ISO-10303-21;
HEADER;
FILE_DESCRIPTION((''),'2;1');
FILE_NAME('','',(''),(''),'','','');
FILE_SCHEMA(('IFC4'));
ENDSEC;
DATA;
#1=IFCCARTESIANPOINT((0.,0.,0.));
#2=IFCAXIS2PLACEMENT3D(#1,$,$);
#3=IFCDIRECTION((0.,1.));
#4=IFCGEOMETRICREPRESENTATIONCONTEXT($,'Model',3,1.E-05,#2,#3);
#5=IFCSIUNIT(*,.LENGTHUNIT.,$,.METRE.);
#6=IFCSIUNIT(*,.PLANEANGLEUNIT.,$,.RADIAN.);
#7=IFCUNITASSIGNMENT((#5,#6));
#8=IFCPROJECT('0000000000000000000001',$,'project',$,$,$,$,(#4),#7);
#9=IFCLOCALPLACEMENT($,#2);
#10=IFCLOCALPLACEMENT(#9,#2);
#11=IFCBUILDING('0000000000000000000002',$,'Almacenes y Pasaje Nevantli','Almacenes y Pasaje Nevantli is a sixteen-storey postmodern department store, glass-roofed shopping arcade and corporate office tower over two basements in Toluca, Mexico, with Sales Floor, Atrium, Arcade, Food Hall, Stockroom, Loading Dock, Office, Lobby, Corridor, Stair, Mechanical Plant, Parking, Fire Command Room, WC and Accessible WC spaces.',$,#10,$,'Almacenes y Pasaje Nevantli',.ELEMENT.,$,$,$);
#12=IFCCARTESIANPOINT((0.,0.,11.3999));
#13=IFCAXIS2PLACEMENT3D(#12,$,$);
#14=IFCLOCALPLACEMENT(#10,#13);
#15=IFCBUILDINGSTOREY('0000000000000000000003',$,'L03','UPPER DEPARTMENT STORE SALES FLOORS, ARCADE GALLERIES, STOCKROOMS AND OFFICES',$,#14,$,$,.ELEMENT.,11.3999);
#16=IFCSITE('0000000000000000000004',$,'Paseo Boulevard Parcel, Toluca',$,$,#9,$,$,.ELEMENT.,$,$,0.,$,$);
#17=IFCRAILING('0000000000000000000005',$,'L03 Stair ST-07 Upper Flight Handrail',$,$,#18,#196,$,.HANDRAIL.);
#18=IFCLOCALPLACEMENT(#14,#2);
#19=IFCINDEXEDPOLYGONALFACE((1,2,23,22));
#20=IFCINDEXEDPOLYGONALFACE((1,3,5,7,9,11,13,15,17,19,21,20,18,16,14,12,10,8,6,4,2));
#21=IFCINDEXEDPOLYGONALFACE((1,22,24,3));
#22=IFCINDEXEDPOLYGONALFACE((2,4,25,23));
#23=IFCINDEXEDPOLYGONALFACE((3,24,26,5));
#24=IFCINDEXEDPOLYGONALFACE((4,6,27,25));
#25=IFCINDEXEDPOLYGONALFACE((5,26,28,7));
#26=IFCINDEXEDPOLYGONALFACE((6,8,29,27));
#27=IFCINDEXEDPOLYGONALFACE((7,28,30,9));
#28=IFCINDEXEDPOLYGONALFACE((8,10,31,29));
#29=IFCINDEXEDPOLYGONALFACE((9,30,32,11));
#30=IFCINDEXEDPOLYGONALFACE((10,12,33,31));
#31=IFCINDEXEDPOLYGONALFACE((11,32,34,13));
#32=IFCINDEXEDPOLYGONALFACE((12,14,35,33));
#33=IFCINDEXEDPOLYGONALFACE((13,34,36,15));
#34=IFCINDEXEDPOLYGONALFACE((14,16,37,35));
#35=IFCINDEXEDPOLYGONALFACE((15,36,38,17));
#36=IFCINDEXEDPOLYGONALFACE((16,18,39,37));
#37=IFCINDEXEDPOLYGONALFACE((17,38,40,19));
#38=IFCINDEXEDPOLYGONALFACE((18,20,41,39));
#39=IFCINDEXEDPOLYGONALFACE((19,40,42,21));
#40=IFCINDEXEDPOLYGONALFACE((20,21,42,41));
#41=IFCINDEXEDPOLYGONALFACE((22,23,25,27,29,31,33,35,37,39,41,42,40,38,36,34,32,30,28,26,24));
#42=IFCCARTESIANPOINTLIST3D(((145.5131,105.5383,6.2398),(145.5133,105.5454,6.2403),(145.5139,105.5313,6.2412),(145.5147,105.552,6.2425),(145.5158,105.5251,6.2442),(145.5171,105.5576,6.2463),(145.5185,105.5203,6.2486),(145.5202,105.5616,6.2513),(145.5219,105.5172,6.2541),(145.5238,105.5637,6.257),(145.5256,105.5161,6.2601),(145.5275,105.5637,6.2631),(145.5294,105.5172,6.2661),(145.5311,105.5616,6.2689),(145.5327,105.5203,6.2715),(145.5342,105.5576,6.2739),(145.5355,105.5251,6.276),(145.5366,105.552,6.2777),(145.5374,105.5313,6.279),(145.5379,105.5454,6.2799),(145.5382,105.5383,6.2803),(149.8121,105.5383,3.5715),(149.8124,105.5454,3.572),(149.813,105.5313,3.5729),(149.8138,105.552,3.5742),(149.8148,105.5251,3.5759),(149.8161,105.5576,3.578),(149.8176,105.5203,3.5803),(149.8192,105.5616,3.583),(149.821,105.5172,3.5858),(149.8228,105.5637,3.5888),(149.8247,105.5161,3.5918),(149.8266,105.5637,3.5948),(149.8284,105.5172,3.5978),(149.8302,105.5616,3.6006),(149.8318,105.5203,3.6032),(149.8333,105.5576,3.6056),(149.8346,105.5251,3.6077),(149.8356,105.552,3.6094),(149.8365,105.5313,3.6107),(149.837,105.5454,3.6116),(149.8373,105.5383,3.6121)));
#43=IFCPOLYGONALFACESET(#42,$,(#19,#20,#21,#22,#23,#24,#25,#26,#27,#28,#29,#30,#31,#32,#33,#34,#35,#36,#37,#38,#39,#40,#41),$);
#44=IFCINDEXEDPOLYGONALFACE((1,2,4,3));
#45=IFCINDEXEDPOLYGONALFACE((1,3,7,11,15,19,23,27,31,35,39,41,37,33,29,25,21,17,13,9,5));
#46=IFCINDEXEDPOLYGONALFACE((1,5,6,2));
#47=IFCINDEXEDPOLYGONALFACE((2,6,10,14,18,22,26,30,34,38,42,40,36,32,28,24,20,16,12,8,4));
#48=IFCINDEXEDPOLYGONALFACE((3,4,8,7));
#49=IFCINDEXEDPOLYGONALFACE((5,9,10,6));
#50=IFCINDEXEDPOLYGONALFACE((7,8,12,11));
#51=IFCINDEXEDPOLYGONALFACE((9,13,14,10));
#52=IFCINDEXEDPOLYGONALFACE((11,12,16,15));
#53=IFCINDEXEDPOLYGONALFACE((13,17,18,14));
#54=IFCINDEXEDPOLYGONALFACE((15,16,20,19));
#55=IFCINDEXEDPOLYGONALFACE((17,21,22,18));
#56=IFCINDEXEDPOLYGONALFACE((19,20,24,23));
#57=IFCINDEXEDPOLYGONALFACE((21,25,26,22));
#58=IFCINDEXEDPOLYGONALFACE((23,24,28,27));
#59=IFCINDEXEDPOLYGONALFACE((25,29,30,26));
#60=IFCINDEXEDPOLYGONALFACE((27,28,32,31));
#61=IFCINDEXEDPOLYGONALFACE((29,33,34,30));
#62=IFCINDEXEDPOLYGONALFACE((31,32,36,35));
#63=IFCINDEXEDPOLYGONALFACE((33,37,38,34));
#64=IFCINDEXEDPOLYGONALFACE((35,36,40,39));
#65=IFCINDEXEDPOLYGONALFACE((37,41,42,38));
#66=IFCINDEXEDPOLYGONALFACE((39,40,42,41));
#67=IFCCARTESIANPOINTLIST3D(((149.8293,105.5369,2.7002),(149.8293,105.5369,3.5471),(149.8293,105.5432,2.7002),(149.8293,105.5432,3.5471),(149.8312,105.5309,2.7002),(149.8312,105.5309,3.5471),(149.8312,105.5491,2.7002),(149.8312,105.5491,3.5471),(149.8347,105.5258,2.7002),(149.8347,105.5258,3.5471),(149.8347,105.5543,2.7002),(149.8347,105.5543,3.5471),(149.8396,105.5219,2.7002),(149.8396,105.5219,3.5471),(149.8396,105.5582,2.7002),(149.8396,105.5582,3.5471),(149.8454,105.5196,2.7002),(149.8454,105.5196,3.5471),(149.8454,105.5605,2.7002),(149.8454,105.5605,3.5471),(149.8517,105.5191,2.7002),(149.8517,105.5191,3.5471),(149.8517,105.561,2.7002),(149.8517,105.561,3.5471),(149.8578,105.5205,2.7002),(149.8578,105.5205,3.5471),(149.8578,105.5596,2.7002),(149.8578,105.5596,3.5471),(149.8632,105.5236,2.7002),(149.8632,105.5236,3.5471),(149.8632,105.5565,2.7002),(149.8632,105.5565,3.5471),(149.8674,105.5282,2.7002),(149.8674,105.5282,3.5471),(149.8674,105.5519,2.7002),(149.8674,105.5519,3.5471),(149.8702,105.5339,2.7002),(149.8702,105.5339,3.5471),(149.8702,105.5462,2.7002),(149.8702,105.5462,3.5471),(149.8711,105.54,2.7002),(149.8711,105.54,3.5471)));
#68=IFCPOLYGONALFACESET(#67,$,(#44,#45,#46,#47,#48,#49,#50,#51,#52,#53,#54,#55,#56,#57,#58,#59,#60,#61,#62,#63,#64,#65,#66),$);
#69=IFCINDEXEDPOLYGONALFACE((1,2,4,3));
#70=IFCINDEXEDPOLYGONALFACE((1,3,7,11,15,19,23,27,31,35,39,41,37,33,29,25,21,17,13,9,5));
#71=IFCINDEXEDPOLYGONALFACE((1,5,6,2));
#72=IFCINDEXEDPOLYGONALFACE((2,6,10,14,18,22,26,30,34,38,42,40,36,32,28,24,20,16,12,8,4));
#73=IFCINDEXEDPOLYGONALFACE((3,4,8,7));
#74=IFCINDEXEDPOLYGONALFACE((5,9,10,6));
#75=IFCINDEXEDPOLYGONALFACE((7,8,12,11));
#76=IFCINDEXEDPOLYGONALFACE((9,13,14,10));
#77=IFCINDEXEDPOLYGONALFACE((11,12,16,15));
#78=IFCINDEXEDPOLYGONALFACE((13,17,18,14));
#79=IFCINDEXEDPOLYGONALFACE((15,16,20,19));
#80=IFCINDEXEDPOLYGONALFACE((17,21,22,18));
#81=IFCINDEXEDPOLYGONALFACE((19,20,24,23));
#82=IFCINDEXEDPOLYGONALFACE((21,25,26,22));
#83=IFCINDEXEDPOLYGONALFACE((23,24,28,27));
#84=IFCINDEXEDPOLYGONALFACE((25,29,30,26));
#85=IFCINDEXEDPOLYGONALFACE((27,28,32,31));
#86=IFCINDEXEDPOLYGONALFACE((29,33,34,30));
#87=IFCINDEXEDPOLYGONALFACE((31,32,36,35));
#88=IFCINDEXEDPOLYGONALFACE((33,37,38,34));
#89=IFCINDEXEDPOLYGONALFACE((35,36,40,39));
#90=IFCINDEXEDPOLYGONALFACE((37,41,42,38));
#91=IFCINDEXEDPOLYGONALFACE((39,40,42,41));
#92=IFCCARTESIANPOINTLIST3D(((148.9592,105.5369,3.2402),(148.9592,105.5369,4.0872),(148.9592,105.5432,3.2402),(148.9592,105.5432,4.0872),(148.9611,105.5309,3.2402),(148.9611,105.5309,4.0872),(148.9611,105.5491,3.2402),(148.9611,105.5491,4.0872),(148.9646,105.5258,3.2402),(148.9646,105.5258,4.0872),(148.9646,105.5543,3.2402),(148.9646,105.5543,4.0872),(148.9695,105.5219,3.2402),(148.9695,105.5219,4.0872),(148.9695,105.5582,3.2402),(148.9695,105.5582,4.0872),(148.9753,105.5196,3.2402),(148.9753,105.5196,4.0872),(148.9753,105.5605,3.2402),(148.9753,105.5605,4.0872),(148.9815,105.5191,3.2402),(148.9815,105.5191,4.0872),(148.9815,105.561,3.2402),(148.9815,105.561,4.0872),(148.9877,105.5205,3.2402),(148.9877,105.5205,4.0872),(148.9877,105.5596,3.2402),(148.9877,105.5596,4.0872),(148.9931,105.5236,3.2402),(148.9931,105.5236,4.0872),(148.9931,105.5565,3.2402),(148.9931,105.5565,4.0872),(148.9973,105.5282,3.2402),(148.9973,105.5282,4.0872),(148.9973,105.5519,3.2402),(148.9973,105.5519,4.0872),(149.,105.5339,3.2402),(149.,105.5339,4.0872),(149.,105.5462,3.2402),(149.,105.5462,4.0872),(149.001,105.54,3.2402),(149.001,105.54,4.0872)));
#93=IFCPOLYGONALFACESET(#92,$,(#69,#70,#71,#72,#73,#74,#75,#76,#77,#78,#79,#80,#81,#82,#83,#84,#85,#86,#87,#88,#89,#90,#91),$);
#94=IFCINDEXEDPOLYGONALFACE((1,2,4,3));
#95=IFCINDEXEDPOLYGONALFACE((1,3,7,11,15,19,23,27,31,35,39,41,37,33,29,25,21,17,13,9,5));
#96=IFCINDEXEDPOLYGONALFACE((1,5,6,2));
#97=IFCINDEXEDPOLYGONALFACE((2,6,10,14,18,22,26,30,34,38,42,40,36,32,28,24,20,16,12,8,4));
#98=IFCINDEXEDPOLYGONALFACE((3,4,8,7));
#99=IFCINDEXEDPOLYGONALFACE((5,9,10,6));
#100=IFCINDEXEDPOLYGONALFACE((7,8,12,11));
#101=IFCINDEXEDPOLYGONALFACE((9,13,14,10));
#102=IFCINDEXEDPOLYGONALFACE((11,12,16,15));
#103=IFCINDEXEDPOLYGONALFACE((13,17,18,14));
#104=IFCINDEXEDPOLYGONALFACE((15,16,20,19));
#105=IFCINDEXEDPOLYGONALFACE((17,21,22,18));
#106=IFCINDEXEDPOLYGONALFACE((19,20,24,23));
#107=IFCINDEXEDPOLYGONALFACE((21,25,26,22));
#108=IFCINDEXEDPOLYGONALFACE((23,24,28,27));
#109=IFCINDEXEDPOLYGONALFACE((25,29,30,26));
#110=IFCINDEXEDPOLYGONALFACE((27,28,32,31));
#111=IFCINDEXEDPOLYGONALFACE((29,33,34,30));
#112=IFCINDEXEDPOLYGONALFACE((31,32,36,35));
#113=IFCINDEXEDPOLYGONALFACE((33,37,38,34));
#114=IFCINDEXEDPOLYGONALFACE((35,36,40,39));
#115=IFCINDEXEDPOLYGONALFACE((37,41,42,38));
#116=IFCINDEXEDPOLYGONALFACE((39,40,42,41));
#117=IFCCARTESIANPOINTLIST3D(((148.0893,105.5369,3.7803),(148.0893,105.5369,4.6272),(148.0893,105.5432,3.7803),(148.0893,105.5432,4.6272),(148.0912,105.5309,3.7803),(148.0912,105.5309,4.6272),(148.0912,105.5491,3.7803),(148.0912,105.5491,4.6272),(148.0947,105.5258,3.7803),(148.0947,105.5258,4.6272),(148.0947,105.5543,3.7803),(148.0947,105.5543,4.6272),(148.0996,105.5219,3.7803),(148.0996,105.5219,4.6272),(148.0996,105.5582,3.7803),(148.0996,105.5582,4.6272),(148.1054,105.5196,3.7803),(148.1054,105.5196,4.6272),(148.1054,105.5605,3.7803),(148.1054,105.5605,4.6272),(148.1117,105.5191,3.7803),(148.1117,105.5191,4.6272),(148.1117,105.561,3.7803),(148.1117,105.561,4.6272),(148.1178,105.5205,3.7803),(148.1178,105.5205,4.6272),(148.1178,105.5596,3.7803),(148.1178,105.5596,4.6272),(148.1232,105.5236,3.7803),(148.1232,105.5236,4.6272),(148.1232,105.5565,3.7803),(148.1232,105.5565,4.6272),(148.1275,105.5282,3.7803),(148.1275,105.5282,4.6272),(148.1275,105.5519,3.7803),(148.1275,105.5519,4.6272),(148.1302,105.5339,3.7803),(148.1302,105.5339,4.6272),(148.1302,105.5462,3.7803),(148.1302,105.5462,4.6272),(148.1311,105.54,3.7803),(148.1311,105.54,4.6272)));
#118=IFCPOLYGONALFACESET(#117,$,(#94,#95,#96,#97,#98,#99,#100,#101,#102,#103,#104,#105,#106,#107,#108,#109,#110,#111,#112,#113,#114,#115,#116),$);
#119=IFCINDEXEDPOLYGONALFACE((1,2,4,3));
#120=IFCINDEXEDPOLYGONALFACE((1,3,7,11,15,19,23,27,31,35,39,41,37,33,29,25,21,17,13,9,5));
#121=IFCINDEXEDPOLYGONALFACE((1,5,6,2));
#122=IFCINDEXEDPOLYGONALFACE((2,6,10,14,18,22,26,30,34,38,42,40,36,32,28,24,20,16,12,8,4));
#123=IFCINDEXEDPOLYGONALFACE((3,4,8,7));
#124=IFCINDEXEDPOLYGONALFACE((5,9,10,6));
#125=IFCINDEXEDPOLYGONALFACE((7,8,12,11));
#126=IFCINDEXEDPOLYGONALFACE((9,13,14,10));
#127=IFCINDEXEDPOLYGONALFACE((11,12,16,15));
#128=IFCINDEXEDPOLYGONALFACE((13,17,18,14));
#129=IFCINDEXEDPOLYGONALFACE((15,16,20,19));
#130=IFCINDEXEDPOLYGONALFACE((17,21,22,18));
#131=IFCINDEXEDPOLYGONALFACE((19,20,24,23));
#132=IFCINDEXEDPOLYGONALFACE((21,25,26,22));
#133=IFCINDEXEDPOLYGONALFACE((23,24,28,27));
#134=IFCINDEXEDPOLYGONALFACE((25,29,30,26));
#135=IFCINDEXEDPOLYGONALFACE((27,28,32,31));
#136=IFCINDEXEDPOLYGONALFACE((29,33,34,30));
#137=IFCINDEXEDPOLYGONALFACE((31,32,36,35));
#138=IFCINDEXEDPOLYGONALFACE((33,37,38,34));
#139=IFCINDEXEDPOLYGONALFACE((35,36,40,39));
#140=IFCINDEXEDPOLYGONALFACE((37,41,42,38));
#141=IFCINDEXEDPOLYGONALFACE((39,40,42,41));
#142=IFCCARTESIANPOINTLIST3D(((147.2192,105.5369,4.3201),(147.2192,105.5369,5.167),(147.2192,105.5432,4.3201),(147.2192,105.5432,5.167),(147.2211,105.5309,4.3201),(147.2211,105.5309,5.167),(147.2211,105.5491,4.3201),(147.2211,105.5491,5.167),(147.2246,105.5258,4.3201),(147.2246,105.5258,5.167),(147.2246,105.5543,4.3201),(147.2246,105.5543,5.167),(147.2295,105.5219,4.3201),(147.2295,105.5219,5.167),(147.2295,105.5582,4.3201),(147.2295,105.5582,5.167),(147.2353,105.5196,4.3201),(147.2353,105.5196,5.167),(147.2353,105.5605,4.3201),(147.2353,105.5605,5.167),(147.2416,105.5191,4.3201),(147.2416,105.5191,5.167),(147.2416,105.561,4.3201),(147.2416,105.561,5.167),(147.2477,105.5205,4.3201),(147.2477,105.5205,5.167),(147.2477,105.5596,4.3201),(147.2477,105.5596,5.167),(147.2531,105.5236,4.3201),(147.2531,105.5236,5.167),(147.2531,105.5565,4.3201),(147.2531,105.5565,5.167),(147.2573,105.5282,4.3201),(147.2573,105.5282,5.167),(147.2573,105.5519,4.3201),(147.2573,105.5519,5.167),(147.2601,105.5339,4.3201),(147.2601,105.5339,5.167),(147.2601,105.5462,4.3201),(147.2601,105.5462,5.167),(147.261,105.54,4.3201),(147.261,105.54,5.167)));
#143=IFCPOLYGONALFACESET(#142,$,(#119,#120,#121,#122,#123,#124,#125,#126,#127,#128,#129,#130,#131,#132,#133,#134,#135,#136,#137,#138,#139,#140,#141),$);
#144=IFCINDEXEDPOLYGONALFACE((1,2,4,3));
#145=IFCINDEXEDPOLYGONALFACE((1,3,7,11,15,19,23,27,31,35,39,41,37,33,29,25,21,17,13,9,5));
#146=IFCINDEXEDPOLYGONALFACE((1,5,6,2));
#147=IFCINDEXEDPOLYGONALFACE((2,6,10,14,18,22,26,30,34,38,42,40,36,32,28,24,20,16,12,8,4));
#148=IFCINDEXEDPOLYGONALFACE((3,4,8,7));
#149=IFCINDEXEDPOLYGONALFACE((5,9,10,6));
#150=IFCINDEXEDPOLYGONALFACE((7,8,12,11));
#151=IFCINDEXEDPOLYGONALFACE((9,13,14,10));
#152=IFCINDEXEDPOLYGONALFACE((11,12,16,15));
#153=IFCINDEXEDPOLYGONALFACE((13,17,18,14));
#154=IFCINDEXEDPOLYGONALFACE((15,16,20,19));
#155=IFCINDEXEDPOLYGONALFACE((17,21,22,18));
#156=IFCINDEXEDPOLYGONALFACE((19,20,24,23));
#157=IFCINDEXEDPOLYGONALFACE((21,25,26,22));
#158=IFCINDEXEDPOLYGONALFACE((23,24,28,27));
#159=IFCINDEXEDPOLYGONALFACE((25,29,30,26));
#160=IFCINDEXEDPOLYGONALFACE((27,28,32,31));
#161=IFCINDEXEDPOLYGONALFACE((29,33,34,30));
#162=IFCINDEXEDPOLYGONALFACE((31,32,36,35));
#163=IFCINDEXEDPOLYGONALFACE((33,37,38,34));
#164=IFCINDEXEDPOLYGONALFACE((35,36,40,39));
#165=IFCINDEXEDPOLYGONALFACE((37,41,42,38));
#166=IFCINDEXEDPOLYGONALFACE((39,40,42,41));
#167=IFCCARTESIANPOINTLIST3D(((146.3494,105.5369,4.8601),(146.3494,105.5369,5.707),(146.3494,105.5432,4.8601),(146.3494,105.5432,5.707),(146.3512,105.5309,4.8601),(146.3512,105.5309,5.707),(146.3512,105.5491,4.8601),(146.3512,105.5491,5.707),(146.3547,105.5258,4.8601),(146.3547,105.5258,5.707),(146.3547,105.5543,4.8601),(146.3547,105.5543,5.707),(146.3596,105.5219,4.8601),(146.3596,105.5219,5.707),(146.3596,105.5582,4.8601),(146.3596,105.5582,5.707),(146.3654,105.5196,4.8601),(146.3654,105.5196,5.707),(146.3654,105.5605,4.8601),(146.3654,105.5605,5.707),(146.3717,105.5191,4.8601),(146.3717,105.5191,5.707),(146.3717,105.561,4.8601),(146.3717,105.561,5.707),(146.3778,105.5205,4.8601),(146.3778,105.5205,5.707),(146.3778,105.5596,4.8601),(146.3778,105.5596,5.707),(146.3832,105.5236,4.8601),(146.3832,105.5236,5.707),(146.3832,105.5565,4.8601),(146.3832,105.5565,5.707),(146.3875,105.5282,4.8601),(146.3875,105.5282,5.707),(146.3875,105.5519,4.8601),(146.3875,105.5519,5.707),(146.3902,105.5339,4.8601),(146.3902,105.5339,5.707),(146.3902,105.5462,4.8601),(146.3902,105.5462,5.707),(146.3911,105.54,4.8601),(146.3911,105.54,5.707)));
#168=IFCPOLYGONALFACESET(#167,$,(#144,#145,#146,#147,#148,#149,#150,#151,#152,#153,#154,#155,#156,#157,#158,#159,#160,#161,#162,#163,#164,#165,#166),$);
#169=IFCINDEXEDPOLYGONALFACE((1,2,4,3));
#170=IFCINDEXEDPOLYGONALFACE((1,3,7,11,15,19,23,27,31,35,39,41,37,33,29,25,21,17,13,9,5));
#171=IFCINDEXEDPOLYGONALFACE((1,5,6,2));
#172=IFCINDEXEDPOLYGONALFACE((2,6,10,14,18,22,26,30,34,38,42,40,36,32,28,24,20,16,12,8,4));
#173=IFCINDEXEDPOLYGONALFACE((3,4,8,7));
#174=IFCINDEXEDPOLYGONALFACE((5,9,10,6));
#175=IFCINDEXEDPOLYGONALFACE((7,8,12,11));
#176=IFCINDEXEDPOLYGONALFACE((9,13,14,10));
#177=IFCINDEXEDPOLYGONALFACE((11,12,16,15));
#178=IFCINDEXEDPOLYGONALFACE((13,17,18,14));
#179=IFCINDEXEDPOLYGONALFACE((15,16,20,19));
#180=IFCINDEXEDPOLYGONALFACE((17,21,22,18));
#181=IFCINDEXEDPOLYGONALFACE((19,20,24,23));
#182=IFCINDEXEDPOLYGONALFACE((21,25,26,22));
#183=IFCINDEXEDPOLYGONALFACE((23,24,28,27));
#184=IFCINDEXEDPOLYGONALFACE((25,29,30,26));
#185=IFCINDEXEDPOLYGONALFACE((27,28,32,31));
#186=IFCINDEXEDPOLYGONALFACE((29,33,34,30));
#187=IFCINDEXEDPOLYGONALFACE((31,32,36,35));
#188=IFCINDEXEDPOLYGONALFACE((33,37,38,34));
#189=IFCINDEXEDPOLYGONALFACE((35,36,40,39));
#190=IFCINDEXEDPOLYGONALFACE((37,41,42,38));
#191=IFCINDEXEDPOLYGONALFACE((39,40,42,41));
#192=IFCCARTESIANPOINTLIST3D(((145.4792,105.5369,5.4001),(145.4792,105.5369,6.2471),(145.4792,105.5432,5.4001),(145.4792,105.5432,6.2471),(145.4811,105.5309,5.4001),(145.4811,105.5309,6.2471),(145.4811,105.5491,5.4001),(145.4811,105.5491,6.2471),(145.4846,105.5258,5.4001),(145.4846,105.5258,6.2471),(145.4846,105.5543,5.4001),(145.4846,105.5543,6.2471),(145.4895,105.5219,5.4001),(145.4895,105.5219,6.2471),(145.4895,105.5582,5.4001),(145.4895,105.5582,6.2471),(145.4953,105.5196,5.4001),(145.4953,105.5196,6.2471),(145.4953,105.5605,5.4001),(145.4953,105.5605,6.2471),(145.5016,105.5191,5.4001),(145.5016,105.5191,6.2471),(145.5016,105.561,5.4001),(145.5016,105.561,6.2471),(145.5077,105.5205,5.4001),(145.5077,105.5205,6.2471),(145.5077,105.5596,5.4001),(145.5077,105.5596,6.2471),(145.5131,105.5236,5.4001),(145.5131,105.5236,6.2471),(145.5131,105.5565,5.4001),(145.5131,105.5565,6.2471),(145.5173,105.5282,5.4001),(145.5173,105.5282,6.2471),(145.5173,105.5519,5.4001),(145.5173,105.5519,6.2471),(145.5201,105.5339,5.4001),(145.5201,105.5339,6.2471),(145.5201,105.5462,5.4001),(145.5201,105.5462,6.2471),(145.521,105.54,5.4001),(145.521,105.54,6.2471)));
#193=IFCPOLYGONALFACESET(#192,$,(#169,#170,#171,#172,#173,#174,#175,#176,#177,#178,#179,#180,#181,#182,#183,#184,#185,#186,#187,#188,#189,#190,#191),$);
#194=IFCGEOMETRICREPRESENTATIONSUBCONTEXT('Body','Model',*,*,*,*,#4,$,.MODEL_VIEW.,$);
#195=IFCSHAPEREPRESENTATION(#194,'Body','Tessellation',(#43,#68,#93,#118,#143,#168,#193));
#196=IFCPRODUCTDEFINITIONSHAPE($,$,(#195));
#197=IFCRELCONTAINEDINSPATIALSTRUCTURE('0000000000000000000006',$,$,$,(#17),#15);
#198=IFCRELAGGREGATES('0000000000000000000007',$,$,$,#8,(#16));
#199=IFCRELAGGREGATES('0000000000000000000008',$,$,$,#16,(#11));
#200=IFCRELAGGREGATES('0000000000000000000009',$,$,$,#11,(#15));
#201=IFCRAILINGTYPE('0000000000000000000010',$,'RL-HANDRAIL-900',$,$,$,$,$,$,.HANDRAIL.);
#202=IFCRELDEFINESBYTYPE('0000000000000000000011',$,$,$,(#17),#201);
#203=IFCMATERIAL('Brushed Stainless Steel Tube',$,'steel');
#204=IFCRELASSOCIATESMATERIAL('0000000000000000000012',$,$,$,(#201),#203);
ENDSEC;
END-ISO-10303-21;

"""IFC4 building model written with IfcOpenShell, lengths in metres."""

from ifc_helpers import new_model, si_unit, direction, frame, origin, origin_2d, place, context, subcontext, project, spatial, circle, extrude, material, type_object, element, save


model = new_model("IFC4")

# Units and contexts
model_context = context("Model", 3, precision=1e-05, world=origin(), true_north=direction((0.0, 1.0)))
body_context = subcontext(model_context, "Body", "Model", "MODEL_VIEW")
ifc_project = project(units=[si_unit("LENGTHUNIT", "METRE"), si_unit("PLANEANGLEUNIT", "RADIAN")], contexts=[model_context])

# Site, building, storey
site_placement = place(None, origin())
site = spatial("IfcSite", under=ifc_project, at=site_placement, Name="Paseo Boulevard Parcel, Toluca", CompositionType="ELEMENT", RefElevation=0.0)
building_placement = place(site_placement, origin())
building = spatial("IfcBuilding", under=site, at=building_placement, Name="Almacenes y Pasaje Nevantli", Description="Almacenes y Pasaje Nevantli is a sixteen-storey postmodern department store, glass-roofed shopping arcade and corporate office tower over two basements in Toluca, Mexico, with Sales Floor, Atrium, Arcade, Food Hall, Stockroom, Loading Dock, Office, Lobby, Corridor, Stair, Mechanical Plant, Parking, Fire Command Room, WC and Accessible WC spaces.", LongName="Almacenes y Pasaje Nevantli", CompositionType="ELEMENT")
storey_placement = place(building_placement, frame((0.0, 0.0, 11.3999)))
storey = spatial("IfcBuildingStorey", under=building, at=storey_placement, Name="L03", Description="UPPER DEPARTMENT STORE SALES FLOORS, ARCADE GALLERIES, STOCKROOMS AND OFFICES", CompositionType="ELEMENT", Elevation=11.3999)

# Railing
ifc_material_1 = material(Name="Brushed Stainless Steel Tube", Category="steel")
railing_type_1 = type_object("IfcRailingType", Name="RL-HANDRAIL-900", PredefinedType="HANDRAIL", material=ifc_material_1)
railing_1_placement = place(storey_placement, frame((149.8501, 105.54, 2.7002)))
element("IfcRailing", 1, at=railing_1_placement, inside=storey, type_object=railing_type_1, Name="L03 Stair ST-07 Upper Flight Handrail", PredefinedType="HANDRAIL", context=body_context, shape_type="SweptSolid", body=[
    extrude(circle(Radius=0.0239, at=origin_2d()), frame((-0.0254, 0.0, 0.8916), z_axis=(-0.84965, 0.0, 0.527347), x_axis=(0.0, -1.0, 0.0)), (0.0, 0.0, 1.0), 5.0598),
    extrude(circle(Radius=0.021, at=origin_2d()), origin(), (0.0, 0.0, 1.0), 0.8469),
    extrude(circle(Radius=0.021, at=origin_2d()), frame((-0.8701, 0.0, 0.54)), (0.0, 0.0, 1.0), 0.8469),
    extrude(circle(Radius=0.021, at=origin_2d()), frame((-1.74, 0.0, 1.0801)), (0.0, 0.0, 1.0), 0.8469),
    extrude(circle(Radius=0.021, at=origin_2d()), frame((-2.6101, 0.0, 1.6199)), (0.0, 0.0, 1.0), 0.8469),
    extrude(circle(Radius=0.021, at=origin_2d()), frame((-3.48, 0.0, 2.1599)), (0.0, 0.0, 1.0), 0.8469),
    extrude(circle(Radius=0.021, at=origin_2d()), frame((-4.3501, 0.0, 2.7)), (0.0, 0.0, 1.0), 0.8469),
])

save(model, "model.ifc")
